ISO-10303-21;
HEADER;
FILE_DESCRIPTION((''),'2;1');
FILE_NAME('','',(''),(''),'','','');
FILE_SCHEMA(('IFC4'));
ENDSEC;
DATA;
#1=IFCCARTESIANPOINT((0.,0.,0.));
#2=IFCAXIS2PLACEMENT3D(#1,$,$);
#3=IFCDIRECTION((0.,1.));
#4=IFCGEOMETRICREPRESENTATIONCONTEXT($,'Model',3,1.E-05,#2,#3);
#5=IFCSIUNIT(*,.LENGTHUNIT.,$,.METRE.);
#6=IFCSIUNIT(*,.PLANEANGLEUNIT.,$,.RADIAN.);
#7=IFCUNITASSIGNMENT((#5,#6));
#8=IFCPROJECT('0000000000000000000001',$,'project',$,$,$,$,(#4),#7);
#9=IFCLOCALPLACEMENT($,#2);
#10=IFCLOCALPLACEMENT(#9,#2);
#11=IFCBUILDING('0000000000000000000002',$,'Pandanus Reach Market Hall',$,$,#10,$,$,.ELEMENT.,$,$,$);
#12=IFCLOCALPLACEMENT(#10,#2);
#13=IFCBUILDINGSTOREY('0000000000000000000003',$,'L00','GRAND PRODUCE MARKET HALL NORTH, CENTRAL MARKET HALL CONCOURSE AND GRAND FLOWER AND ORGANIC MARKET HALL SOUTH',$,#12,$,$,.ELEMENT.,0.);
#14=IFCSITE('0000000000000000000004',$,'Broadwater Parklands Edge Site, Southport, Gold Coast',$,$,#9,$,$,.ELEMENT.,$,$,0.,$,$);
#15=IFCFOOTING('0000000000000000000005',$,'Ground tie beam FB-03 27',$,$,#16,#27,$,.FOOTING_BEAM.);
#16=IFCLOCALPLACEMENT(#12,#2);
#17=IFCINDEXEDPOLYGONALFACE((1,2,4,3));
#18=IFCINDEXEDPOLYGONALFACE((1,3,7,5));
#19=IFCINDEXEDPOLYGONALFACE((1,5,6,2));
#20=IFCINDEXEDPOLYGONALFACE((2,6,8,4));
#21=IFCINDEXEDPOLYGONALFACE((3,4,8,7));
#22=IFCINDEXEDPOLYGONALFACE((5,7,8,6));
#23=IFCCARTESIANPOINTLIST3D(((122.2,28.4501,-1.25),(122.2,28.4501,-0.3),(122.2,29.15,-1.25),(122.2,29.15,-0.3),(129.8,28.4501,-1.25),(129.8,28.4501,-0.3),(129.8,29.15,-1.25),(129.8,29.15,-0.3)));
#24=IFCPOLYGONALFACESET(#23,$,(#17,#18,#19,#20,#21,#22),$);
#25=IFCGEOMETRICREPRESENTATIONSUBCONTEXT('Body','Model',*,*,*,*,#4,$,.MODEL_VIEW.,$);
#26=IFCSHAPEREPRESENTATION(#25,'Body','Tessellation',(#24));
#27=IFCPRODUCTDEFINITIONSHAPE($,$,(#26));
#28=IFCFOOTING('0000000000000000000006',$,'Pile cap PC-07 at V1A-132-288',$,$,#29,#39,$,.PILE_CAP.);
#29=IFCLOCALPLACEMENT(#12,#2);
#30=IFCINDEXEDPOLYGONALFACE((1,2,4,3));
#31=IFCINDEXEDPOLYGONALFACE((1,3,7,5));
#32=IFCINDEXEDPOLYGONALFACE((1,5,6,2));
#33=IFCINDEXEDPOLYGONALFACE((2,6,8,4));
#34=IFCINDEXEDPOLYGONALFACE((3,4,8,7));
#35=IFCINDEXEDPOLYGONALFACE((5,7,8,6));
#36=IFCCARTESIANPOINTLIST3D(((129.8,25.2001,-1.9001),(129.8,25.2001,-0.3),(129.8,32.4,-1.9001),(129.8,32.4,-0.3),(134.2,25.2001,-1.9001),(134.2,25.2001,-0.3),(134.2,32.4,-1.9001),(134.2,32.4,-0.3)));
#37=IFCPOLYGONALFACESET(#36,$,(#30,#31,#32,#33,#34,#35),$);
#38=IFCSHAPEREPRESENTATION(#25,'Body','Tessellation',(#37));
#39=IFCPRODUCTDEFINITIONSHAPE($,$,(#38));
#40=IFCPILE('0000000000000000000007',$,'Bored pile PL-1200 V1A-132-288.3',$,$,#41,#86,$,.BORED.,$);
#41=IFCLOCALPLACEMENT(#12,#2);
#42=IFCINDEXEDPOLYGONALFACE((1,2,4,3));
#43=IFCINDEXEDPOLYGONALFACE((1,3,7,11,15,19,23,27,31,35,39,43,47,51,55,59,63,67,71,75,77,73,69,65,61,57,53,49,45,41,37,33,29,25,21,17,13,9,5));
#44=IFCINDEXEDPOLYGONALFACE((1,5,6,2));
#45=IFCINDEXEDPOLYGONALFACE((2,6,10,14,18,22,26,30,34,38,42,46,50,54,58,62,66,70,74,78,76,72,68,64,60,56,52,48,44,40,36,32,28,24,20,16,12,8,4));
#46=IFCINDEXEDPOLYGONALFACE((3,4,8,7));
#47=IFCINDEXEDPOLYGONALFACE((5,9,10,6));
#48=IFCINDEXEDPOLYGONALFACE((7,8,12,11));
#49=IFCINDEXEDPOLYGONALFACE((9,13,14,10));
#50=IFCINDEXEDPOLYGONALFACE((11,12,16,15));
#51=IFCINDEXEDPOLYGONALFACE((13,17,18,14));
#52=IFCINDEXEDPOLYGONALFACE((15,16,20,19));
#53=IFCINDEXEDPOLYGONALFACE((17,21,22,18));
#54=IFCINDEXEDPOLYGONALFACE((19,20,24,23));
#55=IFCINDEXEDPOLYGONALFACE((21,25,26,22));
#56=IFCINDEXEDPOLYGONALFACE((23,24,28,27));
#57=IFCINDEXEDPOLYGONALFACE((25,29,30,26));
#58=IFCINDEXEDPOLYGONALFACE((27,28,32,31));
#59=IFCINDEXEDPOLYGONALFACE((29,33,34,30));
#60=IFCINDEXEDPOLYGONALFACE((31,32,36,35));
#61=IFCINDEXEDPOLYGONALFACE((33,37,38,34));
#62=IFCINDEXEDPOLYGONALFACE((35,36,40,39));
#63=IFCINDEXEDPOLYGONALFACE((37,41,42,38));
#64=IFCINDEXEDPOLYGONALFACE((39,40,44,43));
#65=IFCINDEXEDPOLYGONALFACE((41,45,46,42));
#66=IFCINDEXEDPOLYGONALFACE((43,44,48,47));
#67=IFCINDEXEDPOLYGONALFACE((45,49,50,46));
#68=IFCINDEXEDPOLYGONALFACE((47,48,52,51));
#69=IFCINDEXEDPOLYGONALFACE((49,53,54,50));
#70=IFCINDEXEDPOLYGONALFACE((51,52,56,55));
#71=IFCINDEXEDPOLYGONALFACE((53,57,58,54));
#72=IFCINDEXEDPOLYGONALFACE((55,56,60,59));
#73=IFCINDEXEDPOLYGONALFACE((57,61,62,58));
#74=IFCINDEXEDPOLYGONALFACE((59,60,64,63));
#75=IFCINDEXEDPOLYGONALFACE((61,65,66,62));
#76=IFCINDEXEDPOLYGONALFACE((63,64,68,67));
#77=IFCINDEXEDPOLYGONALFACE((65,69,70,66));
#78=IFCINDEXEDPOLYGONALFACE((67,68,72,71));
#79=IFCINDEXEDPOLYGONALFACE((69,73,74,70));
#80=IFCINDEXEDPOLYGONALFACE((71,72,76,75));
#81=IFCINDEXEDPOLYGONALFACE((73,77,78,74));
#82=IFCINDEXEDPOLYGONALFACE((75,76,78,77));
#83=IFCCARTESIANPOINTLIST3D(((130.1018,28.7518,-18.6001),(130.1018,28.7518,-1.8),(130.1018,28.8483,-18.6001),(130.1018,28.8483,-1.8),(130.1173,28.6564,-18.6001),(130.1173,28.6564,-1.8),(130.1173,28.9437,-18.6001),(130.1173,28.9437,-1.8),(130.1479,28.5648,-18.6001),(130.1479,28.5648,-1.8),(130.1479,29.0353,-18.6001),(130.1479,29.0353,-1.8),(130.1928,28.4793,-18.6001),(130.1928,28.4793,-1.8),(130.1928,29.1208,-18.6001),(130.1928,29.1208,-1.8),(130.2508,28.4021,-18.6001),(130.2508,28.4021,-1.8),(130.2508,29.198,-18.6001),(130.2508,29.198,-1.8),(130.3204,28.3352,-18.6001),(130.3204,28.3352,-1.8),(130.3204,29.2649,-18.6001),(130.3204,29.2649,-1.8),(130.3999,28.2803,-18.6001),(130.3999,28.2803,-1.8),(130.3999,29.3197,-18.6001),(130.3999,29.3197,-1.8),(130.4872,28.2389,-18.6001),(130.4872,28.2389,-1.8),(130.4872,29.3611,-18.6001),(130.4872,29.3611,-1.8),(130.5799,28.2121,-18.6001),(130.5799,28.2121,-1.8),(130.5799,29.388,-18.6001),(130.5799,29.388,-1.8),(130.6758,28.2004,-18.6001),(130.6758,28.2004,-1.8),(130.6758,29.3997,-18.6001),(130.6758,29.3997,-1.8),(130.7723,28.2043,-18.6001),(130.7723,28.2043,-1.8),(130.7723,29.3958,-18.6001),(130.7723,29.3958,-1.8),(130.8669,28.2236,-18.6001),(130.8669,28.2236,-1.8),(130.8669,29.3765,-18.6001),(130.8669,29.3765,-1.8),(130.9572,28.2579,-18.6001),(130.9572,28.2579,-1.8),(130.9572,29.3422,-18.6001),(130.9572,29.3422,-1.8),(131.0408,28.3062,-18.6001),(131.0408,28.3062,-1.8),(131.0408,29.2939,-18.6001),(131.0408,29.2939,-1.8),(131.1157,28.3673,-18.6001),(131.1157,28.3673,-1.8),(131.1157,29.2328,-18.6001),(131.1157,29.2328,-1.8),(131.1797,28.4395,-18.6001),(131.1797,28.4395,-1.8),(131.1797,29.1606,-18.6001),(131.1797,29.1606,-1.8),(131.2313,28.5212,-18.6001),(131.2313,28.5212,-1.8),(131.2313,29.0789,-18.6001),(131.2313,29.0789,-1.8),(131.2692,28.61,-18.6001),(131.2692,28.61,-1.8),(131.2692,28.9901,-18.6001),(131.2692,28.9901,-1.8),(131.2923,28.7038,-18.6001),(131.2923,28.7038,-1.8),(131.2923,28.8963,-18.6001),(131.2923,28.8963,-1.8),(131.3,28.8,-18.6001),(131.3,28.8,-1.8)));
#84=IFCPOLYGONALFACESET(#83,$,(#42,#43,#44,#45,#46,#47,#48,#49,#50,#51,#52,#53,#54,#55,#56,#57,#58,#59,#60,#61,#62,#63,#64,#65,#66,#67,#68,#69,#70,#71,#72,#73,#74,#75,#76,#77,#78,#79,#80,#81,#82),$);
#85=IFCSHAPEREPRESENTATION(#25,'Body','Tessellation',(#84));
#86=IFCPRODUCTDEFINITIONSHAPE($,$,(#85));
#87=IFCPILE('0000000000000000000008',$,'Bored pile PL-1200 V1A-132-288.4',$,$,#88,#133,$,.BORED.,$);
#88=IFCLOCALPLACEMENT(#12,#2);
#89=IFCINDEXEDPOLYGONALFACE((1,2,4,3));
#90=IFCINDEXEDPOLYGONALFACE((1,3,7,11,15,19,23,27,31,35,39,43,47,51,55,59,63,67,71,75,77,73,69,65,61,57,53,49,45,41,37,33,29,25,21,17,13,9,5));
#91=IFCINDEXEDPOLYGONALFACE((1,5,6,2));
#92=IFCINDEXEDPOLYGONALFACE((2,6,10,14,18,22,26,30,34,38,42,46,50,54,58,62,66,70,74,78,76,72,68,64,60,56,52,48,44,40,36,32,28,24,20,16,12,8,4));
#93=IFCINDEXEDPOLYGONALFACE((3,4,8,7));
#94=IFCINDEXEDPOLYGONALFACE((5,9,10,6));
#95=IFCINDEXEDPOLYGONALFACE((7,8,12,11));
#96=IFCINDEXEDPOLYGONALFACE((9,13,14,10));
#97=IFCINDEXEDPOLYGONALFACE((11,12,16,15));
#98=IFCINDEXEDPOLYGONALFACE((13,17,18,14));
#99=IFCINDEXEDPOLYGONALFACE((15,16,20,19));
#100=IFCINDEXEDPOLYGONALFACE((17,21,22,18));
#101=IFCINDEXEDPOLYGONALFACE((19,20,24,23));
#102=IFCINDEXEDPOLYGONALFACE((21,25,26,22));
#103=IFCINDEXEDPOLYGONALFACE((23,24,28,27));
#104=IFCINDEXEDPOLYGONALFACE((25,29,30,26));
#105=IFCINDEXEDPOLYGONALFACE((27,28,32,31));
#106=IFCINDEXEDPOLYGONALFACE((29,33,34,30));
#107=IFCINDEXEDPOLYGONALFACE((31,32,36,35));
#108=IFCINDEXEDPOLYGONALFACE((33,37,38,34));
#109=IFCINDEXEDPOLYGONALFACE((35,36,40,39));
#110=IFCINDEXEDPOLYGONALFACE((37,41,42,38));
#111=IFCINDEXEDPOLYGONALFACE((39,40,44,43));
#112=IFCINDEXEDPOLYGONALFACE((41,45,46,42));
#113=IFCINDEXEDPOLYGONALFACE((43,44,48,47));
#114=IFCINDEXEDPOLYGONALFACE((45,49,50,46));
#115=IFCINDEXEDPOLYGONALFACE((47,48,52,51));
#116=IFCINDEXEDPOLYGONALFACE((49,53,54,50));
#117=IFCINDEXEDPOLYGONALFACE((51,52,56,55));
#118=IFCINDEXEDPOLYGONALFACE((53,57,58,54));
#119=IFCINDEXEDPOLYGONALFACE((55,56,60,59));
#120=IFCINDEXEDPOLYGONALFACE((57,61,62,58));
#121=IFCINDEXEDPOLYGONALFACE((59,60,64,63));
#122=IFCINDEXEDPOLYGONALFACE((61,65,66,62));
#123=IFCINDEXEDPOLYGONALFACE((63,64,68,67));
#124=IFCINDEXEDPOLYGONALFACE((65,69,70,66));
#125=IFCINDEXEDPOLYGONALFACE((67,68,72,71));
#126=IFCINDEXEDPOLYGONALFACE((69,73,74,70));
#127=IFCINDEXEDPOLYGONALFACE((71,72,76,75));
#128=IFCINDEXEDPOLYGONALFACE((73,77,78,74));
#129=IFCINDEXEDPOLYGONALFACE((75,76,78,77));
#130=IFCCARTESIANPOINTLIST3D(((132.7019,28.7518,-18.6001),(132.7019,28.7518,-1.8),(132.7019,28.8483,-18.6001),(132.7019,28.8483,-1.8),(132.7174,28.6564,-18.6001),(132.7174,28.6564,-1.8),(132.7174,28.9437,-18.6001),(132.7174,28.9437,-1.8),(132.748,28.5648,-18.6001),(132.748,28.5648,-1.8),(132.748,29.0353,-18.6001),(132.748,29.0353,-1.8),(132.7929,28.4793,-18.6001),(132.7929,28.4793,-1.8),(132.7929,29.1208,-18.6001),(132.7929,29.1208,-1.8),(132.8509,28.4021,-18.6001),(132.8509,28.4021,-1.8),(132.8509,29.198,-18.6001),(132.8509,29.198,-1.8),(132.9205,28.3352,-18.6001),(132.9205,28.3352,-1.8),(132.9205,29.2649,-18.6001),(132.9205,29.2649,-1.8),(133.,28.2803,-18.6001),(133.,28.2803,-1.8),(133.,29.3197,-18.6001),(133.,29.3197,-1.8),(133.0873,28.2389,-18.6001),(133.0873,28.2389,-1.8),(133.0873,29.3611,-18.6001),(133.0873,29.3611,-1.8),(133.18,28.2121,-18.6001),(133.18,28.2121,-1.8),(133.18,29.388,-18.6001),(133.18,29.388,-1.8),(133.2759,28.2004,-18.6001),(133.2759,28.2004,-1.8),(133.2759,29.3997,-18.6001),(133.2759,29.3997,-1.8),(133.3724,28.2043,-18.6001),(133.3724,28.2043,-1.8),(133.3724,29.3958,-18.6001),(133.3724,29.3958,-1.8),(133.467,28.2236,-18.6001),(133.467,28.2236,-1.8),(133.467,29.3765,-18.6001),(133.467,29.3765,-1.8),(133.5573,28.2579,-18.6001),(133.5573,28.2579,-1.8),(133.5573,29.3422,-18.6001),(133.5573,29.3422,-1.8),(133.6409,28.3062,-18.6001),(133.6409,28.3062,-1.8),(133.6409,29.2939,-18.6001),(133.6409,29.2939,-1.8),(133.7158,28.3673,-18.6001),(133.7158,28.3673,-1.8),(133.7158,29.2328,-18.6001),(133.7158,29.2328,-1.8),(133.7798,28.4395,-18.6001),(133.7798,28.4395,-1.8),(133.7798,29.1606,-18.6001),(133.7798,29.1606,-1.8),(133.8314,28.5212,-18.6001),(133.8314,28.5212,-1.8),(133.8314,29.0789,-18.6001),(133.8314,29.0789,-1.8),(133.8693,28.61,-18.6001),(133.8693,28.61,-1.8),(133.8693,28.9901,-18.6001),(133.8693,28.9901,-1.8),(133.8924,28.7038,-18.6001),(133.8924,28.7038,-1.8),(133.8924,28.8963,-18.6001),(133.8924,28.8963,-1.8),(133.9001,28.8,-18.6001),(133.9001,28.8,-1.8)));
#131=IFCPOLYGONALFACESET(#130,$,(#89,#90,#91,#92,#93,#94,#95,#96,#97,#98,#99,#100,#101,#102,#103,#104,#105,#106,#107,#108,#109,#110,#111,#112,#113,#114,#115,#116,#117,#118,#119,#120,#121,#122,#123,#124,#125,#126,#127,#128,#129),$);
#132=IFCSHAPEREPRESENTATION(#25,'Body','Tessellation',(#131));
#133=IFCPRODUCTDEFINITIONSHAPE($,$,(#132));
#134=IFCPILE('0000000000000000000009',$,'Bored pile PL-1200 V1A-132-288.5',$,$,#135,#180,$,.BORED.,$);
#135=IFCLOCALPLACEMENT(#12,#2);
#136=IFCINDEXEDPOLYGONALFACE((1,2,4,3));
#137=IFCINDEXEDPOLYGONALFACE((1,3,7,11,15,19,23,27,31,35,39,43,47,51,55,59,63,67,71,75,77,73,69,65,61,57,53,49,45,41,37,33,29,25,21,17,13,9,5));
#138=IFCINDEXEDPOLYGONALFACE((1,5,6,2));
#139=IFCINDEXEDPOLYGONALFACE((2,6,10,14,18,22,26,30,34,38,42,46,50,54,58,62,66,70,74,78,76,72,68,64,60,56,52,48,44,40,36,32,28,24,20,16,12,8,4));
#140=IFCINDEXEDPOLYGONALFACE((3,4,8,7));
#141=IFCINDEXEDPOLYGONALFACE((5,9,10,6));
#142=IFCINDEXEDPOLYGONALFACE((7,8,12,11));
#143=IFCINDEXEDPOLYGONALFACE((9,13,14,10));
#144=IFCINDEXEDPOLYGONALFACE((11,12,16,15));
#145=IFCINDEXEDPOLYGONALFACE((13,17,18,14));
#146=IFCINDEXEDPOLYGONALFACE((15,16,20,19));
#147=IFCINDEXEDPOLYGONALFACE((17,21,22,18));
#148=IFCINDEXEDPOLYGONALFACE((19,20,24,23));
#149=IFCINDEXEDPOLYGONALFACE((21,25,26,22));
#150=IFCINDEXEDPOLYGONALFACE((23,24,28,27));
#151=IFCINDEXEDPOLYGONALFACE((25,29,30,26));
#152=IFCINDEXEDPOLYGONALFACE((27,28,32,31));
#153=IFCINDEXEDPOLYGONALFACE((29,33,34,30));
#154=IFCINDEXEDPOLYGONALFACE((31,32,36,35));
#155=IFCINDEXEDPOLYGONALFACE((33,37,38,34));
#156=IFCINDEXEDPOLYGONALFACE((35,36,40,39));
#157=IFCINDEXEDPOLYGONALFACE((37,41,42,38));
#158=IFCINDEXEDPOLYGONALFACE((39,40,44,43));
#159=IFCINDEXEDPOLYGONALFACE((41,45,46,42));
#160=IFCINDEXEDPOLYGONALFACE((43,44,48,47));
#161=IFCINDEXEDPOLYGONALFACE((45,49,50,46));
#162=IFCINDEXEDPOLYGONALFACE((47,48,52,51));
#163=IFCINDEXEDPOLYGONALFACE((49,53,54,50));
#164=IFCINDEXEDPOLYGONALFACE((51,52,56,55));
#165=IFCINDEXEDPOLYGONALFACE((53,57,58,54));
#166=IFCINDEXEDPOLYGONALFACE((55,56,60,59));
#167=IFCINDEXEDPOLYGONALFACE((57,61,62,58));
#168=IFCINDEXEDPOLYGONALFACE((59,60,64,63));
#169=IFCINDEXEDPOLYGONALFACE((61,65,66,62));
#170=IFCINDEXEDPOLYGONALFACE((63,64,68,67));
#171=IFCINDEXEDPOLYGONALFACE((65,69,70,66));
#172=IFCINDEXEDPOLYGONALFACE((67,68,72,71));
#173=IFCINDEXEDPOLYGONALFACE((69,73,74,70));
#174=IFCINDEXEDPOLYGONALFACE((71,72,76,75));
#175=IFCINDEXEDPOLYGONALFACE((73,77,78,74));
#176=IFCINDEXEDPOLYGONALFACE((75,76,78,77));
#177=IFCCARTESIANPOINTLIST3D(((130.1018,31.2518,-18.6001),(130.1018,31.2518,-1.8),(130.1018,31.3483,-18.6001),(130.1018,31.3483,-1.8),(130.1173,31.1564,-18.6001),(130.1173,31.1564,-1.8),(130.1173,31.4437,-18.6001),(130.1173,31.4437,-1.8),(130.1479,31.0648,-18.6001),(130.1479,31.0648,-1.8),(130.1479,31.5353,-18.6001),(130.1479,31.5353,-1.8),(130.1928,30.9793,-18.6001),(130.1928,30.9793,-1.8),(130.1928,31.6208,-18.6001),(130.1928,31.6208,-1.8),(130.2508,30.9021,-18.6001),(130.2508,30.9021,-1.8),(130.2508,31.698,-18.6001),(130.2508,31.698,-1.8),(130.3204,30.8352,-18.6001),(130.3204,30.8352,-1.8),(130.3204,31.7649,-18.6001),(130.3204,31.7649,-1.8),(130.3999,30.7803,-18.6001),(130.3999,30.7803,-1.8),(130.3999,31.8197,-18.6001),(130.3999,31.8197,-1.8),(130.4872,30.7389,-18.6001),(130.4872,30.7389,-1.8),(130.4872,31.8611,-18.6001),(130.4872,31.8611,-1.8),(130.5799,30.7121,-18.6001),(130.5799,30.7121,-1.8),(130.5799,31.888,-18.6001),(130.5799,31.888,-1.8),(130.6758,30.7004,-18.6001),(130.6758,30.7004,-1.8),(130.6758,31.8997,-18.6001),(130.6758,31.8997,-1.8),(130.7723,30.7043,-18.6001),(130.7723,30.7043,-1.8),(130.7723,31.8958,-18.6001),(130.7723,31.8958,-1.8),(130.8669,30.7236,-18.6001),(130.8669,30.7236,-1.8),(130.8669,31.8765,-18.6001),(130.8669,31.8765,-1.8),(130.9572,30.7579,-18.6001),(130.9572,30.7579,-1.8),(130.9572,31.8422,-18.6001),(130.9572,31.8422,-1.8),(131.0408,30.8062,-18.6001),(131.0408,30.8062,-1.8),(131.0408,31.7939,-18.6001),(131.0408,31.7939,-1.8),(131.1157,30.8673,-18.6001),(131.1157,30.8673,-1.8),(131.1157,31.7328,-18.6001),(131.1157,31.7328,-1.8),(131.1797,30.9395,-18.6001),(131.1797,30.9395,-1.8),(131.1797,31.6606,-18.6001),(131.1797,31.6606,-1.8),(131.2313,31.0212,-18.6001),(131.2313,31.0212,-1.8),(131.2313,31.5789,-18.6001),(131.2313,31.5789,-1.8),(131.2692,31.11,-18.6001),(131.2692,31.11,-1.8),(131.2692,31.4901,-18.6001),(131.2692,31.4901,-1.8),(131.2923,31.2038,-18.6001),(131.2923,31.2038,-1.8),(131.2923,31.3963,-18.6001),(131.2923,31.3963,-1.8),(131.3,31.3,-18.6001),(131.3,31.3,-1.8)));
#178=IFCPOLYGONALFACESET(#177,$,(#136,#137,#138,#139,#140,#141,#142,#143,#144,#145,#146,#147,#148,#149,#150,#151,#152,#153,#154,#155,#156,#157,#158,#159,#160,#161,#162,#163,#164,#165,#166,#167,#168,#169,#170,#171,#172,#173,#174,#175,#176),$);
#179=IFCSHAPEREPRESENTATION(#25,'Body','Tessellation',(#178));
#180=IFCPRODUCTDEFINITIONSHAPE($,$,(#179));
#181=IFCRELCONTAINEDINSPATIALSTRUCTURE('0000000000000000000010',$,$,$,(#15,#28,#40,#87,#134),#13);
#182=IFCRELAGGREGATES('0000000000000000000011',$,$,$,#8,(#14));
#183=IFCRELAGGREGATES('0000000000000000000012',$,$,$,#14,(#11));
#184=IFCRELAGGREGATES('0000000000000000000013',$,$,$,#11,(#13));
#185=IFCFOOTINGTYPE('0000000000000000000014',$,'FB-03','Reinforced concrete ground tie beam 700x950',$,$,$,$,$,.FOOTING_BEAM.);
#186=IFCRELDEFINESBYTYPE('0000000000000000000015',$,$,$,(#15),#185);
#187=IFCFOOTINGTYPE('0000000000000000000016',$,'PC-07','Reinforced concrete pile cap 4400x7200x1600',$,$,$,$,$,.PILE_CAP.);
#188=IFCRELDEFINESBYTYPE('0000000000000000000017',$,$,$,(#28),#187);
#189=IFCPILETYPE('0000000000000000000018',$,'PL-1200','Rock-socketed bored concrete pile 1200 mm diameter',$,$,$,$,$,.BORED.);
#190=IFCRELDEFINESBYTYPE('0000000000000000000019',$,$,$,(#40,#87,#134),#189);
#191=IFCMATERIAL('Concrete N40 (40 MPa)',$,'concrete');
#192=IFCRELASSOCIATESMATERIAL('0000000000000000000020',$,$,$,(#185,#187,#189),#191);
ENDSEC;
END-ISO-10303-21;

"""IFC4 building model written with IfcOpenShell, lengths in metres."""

from ifc_helpers import new_model, si_unit, direction, frame, origin, origin_2d, place, context, subcontext, project, spatial, rectangle, circle, extrude, material, material_profile, profile_set, type_object, element, save


model = new_model("IFC4")

# Units and contexts
model_context = context("Model", 3, precision=1e-05, world=origin(), true_north=direction((0.0, 1.0)))
body_context = subcontext(model_context, "Body", "Model", "MODEL_VIEW")
ifc_project = project(units=[si_unit("LENGTHUNIT", "METRE"), si_unit("PLANEANGLEUNIT", "RADIAN")], contexts=[model_context])

# Site, building, storey
site_placement = place(None, origin())
site = spatial("IfcSite", under=ifc_project, at=site_placement, Name="Broadwater Parklands Edge Site, Southport, Gold Coast", CompositionType="ELEMENT", RefElevation=0.0)
building_placement = place(site_placement, origin())
building = spatial("IfcBuilding", under=site, at=building_placement, Name="Pandanus Reach Market Hall", CompositionType="ELEMENT")
storey_placement = place(building_placement, origin())
storey = spatial("IfcBuildingStorey", under=building, at=storey_placement, Name="L00", Description="GRAND PRODUCE MARKET HALL NORTH, CENTRAL MARKET HALL CONCOURSE AND GRAND FLOWER AND ORGANIC MARKET HALL SOUTH", CompositionType="ELEMENT", Elevation=0.0)

# Footings
ifc_material_1 = material(Name="Concrete N40 (40 MPa)", Category="concrete")
footing_type_1 = type_object("IfcFootingType", Name="FB-03", Description="Reinforced concrete ground tie beam 700x950", PredefinedType="FOOTING_BEAM", material=ifc_material_1)
footing_1_placement = place(storey_placement, frame((126.0, 28.8, -1.25), z_axis=(0.0, 0.0, 1.0), x_axis=(1.0, 0.0, 0.0)))
element("IfcFooting", 1, at=footing_1_placement, inside=storey, type_object=footing_type_1, Name="Ground tie beam FB-03 27", PredefinedType="FOOTING_BEAM", context=body_context, shape_type="SweptSolid", body=[
    extrude(rectangle(XDim=7.6001, YDim=0.7, at=origin_2d()), origin(), (0.0, 0.0, 1.0), 0.95),
])
footing_type_2 = type_object("IfcFootingType", Name="PC-07", Description="Reinforced concrete pile cap 4400x7200x1600", PredefinedType="PILE_CAP", material=ifc_material_1)
footing_2_placement = place(storey_placement, frame((132.0, 28.8, -1.9001), z_axis=(0.0, 0.0, 1.0), x_axis=(1.0, 0.0, 0.0)))
element("IfcFooting", 2, at=footing_2_placement, inside=storey, type_object=footing_type_2, Name="Pile cap PC-07 at V1A-132-288", PredefinedType="PILE_CAP", context=body_context, shape_type="SweptSolid", body=[
    extrude(rectangle(XDim=4.3999, YDim=7.2, at=origin_2d()), origin(), (0.0, 0.0, 1.0), 1.6001),
])

# Piles
ifc_material_profile_1 = material_profile(ifc_material_1, circle(Radius=0.6001, at=origin_2d()), Name="PILE-1200D", Category="LoadBearing")
ifc_profile_set_1 = profile_set([ifc_material_profile_1], Name="Concrete N40 (40 MPa)")
pile_type_1 = type_object("IfcPileType", Name="PL-1200", Description="Rock-socketed bored concrete pile 1200 mm diameter", PredefinedType="BORED", material=ifc_profile_set_1)
for number, where, z_axis, x_axis, name in (
    (3, (130.7, 28.8, -1.8), (0.0, 0.0, -1.0), (1.0, 0.0, 0.0), "Bored pile PL-1200 V1A-132-288.3"),
    (4, (133.3, 28.8, -1.8), (0.0, 0.0, -1.0), (1.0, 0.0, 0.0), "Bored pile PL-1200 V1A-132-288.4"),
    (5, (130.7, 31.3, -1.8), (0.0, 0.0, -1.0), (1.0, 0.0, 0.0), "Bored pile PL-1200 V1A-132-288.5"),
):
    element("IfcPile", number, at=place(storey_placement, frame(where, z_axis=z_axis, x_axis=x_axis)), inside=storey, type_object=pile_type_1, Name=name, PredefinedType="BORED", context=body_context, shape_type="SweptSolid", body=[
        extrude(circle(Radius=0.6001, at=origin_2d()), origin(), (0.0, 0.0, 1.0), 16.8),
    ])

save(model, "model.ifc")
